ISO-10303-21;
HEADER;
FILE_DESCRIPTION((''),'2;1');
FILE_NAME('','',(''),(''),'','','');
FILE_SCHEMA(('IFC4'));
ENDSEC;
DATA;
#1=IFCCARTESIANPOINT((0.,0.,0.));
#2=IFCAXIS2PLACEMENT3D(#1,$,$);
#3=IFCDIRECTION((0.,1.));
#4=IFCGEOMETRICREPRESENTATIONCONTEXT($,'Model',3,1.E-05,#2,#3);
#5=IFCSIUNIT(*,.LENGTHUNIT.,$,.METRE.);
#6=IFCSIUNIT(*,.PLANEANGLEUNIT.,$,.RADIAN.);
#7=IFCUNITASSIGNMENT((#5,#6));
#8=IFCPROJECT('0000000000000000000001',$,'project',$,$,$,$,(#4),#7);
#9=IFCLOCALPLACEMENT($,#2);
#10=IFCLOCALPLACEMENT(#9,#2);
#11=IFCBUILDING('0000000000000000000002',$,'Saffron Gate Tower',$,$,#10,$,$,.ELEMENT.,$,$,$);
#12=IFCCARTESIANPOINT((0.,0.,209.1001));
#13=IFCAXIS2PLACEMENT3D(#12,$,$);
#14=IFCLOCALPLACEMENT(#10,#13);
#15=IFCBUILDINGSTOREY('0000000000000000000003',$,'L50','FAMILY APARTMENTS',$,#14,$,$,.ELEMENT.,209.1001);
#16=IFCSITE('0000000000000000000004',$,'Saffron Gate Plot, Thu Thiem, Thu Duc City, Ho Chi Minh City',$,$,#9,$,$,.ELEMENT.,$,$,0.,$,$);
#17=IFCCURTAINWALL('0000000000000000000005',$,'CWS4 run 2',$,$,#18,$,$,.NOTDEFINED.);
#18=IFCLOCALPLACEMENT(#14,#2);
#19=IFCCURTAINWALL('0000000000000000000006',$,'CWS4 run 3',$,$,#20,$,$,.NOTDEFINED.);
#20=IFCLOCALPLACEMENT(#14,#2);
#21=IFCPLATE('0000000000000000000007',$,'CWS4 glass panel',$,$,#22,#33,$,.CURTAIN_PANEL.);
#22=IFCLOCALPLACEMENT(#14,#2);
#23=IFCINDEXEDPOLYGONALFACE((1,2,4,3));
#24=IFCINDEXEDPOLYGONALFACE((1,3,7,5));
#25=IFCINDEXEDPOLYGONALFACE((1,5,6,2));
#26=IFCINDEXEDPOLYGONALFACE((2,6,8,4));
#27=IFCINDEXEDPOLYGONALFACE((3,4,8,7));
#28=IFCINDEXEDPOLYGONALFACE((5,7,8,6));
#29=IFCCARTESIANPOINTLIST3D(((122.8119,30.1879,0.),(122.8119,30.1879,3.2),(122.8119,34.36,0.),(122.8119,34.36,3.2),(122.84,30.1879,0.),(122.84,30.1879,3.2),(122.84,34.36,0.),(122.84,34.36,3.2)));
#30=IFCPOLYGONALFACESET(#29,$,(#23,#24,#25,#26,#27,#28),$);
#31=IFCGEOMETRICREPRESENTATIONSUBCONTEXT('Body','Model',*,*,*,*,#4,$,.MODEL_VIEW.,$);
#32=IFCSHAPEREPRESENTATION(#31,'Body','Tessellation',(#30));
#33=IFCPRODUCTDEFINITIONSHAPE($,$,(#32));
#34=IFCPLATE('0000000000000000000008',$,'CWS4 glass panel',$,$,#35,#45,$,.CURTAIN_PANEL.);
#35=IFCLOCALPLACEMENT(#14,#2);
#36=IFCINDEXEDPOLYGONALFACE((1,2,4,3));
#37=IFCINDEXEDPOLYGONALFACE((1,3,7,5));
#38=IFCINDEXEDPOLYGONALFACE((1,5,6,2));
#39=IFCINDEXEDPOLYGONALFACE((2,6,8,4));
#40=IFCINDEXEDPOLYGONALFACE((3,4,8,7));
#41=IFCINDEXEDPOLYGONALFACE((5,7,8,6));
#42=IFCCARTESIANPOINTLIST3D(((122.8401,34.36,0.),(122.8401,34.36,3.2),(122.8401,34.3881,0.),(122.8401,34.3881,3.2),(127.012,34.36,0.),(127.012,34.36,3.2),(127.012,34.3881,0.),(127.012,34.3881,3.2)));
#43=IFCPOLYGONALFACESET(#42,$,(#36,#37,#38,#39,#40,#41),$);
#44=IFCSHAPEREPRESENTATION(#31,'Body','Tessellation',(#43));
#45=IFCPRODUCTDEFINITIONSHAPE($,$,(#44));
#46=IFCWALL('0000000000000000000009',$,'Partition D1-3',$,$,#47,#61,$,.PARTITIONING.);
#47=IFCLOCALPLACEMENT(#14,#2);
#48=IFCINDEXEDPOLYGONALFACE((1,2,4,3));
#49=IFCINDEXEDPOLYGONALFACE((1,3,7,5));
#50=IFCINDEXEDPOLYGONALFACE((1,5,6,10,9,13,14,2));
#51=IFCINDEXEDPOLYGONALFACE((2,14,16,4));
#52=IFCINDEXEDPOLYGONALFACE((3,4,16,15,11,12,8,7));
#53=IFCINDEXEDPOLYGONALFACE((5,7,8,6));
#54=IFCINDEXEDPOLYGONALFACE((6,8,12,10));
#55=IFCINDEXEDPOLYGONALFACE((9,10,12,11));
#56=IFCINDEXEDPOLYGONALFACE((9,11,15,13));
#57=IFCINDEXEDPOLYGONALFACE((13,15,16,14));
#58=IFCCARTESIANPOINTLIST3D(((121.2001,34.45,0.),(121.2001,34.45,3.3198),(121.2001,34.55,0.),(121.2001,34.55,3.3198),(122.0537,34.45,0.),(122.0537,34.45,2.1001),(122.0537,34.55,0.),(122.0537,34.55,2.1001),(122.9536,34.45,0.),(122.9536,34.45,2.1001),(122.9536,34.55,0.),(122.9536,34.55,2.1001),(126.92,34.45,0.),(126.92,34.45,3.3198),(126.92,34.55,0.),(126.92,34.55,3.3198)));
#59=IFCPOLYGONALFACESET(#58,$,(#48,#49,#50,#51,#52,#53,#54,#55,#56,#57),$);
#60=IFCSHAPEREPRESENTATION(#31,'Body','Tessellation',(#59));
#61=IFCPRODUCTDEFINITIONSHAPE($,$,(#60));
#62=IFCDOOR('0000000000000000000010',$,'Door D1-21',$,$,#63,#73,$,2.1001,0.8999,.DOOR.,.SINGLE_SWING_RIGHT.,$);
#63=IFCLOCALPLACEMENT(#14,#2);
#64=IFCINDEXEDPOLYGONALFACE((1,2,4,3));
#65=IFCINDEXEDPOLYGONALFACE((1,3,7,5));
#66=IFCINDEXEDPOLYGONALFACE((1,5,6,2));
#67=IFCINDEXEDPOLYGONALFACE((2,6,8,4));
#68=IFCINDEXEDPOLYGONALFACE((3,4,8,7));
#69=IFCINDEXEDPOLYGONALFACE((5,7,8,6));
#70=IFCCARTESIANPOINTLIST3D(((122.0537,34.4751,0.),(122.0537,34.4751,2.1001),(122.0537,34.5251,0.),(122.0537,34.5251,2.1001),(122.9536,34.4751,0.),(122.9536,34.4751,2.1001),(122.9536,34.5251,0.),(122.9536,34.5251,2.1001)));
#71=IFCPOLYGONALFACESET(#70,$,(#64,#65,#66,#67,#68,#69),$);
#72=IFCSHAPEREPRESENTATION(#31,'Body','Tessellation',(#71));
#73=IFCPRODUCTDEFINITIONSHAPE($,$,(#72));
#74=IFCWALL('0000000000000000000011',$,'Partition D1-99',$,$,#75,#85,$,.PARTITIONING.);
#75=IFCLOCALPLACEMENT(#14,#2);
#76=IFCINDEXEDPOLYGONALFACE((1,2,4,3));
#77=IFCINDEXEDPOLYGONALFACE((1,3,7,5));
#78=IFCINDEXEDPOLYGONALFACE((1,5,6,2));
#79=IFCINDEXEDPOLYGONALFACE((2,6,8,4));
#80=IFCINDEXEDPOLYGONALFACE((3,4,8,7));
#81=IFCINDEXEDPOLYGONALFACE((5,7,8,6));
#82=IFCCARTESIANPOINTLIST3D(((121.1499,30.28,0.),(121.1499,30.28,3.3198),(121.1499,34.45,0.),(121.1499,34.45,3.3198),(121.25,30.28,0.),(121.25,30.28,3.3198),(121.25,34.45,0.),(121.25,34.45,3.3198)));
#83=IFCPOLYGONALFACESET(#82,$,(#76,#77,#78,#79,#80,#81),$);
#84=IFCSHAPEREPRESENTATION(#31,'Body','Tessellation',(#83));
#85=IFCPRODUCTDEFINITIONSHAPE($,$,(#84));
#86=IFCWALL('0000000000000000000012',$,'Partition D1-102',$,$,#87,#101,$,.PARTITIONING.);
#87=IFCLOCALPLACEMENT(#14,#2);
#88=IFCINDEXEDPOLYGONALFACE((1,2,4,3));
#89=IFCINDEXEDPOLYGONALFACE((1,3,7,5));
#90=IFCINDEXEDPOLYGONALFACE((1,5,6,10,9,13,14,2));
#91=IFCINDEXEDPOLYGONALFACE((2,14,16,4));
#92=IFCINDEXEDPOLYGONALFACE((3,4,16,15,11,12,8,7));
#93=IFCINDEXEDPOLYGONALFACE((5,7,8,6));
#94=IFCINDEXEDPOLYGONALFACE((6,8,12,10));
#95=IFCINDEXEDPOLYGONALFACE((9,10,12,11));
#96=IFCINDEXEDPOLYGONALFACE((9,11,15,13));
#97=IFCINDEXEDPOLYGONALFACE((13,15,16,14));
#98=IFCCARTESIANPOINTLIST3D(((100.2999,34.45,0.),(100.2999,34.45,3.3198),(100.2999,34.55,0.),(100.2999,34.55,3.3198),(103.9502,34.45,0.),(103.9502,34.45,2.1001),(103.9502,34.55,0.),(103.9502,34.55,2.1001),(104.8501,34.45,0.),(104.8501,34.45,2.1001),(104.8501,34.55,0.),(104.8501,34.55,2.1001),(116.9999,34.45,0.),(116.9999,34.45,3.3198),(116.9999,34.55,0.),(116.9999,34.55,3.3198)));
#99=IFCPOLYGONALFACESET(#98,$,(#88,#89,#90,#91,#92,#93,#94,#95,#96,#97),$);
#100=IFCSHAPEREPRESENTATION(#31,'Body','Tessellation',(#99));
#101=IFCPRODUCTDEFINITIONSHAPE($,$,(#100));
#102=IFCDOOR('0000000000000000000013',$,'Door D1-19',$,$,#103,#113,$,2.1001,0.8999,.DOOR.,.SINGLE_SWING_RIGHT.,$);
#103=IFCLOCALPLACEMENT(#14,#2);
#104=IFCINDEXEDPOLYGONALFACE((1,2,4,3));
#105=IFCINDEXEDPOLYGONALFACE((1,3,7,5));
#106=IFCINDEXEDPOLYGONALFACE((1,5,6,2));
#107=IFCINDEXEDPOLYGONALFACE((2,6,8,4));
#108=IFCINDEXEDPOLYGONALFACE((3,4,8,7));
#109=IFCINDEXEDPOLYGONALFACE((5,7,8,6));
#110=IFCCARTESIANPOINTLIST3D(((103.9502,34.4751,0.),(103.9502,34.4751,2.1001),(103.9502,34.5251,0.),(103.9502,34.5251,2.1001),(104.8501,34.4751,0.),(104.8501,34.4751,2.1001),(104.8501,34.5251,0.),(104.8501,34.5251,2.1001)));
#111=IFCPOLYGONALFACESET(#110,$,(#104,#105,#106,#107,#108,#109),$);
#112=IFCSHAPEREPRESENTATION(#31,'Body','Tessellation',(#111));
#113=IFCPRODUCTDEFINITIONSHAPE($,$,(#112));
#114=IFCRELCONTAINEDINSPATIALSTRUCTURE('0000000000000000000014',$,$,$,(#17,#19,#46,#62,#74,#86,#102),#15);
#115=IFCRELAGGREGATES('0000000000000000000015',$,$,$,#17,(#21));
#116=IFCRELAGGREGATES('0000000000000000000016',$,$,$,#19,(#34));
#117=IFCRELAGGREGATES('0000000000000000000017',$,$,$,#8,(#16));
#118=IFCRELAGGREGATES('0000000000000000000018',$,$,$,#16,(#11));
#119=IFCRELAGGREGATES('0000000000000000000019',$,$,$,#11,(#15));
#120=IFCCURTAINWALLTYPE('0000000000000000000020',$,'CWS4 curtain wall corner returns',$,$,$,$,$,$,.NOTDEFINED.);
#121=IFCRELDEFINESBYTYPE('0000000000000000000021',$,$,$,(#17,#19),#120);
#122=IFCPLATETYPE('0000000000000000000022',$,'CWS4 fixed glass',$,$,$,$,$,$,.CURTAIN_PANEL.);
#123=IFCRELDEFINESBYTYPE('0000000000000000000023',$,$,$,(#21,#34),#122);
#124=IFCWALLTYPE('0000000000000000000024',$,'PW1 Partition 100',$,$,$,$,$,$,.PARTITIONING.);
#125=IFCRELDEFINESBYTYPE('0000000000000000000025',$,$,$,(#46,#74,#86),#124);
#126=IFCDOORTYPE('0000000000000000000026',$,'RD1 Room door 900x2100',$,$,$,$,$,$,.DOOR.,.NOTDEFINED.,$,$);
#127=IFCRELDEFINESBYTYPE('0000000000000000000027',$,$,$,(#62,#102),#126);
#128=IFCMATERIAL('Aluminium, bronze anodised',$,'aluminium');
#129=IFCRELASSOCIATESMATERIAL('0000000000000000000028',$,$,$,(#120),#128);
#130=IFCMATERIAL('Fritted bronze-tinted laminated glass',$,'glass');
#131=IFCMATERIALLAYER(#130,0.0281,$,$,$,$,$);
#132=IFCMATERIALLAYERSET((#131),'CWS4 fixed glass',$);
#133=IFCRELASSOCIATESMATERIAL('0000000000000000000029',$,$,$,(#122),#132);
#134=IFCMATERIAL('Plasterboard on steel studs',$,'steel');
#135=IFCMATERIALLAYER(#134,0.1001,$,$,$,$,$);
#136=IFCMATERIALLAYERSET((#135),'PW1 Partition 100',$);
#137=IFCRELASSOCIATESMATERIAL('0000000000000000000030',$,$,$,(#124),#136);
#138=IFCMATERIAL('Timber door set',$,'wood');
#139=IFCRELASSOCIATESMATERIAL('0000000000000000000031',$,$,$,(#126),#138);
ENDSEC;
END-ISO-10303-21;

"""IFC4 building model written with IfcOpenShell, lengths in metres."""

from ifc_helpers import new_model, si_unit, direction, frame, frame_2d, origin, place, context, subcontext, project, spatial, rectangle, extrude, material, layer, layer_set, type_object, element, fill, aggregate, save


model = new_model("IFC4")

# Units and contexts
model_context = context("Model", 3, precision=1e-05, world=origin(), true_north=direction((0.0, 1.0)))
body_context = subcontext(model_context, "Body", "Model", "MODEL_VIEW")
ifc_project = project(units=[si_unit("LENGTHUNIT", "METRE"), si_unit("PLANEANGLEUNIT", "RADIAN")], contexts=[model_context])

# Site, building, storey
site_placement = place(None, origin())
site = spatial("IfcSite", under=ifc_project, at=site_placement, Name="Saffron Gate Plot, Thu Thiem, Thu Duc City, Ho Chi Minh City", CompositionType="ELEMENT", RefElevation=0.0)
building_placement = place(site_placement, origin())
building = spatial("IfcBuilding", under=site, at=building_placement, Name="Saffron Gate Tower", CompositionType="ELEMENT")
storey_placement = place(building_placement, frame((0.0, 0.0, 209.1001)))
storey = spatial("IfcBuildingStorey", under=building, at=storey_placement, Name="L50", Description="FAMILY APARTMENTS", CompositionType="ELEMENT", Elevation=209.1001)

# Curtain walls
ifc_material_1 = material(Name="Aluminium, bronze anodised", Category="aluminium")
curtain_wall_type_1 = type_object("IfcCurtainWallType", Name="CWS4 curtain wall corner returns", PredefinedType="NOTDEFINED", material=ifc_material_1)
curtain_wall_1_placement = place(storey_placement, origin())
curtain_wall_1 = element("IfcCurtainWall", 1, at=curtain_wall_1_placement, inside=storey, type_object=curtain_wall_type_1, Name="CWS4 run 2", PredefinedType="NOTDEFINED")
curtain_wall_2_placement = place(storey_placement, origin())
curtain_wall_2 = element("IfcCurtainWall", 2, at=curtain_wall_2_placement, inside=storey, type_object=curtain_wall_type_1, Name="CWS4 run 3", PredefinedType="NOTDEFINED")

# Shared definitions
ifc_material_2 = material(Name="Fritted bronze-tinted laminated glass", Category="glass")

# Plates
ifc_layer_1 = layer(ifc_material_2, 0.0281)
ifc_layer_set_1 = layer_set([ifc_layer_1], Name="CWS4 fixed glass")
plate_type_1 = type_object("IfcPlateType", Name="CWS4 fixed glass", PredefinedType="CURTAIN_PANEL", material=ifc_layer_set_1)
plate_1_placement = place(storey_placement, frame((122.8259, 30.188, 0.0), z_axis=(0.0, 0.0, 1.0), x_axis=(0.0, 1.0, 0.0)))
plate_1 = element("IfcPlate", 3, at=plate_1_placement, type_object=plate_type_1, Name="CWS4 glass panel", PredefinedType="CURTAIN_PANEL", context=body_context, shape_type="SweptSolid", body=[
    extrude(rectangle(XDim=4.1721, YDim=0.0281, at=frame_2d((2.0859, 0.0))), origin(), (0.0, 0.0, 1.0), 3.2),
])
aggregate(curtain_wall_1, [plate_1])
plate_2_placement = place(storey_placement, frame((122.8401, 34.374, 0.0), z_axis=(0.0, 0.0, 1.0), x_axis=(1.0, 0.0, 0.0)))
plate_2 = element("IfcPlate", 4, at=plate_2_placement, type_object=plate_type_1, Name="CWS4 glass panel", PredefinedType="CURTAIN_PANEL", context=body_context, shape_type="SweptSolid", body=[
    extrude(rectangle(XDim=4.1719, YDim=0.0281, at=frame_2d((2.0859, 0.0))), origin(), (0.0, 0.0, 1.0), 3.2),
])
aggregate(curtain_wall_2, [plate_2])

# Wall, opening, door
ifc_material_3 = material(Name="Plasterboard on steel studs", Category="steel")
ifc_layer_2 = layer(ifc_material_3, 0.1001)
ifc_layer_set_2 = layer_set([ifc_layer_2], Name="PW1 Partition 100")
wall_type = type_object("IfcWallType", Name="PW1 Partition 100", PredefinedType="PARTITIONING", material=ifc_layer_set_2)
wall_1_placement = place(storey_placement, frame((126.9199, 34.5, 0.0), z_axis=(0.0, 0.0, 1.0), x_axis=(-1.0, 0.0, 0.0)))
wall_1 = element("IfcWall", 5, at=wall_1_placement, inside=storey, type_object=wall_type, Name="Partition D1-3", PredefinedType="PARTITIONING", context=body_context, shape_type="SweptSolid", body=[
    extrude(rectangle(XDim=5.72, YDim=0.1001, at=frame_2d((2.8599, 0.0))), origin(), (0.0, 0.0, 1.0), 3.3198),
])
opening_1_placement = place(wall_1_placement, frame((3.9663, 0.0, 0.0)))
opening_1 = element("IfcOpeningElement", 6, at=opening_1_placement, cuts=wall_1, PredefinedType="OPENING", context=body_context, shape_type="SweptSolid", body=[
    extrude(rectangle(XDim=0.8999, YDim=2.1001, at=frame_2d((0.45, 1.05))), frame((0.0, 0.0601, 0.0), z_axis=(0.0, -1.0, 0.0), x_axis=(1.0, 0.0, 0.0)), (0.0, 0.0, 1.0), 0.1201),
])
ifc_material_4 = material(Name="Timber door set", Category="wood")
door_type = type_object("IfcDoorType", Name="RD1 Room door 900x2100", OperationType="NOTDEFINED", PredefinedType="DOOR", material=ifc_material_4)
door_1_placement = place(opening_1_placement, origin())
door_1 = element("IfcDoor", 7, at=door_1_placement, inside=storey, type_object=door_type, Name="Door D1-21", OperationType="SINGLE_SWING_RIGHT", OverallHeight=2.1001, OverallWidth=0.8999, PredefinedType="DOOR", context=body_context, shape_type="SweptSolid", body=[
    extrude(rectangle(XDim=0.8999, YDim=2.1001, at=frame_2d((0.45, 1.05))), frame((0.0, 0.0249, 0.0), z_axis=(0.0, -1.0, 0.0), x_axis=(1.0, 0.0, 0.0)), (0.0, 0.0, 1.0), 0.05),
])
fill(opening_1, door_1)

# Wall
wall_2_placement = place(storey_placement, frame((121.2, 34.45, 0.0), z_axis=(0.0, 0.0, 1.0), x_axis=(0.0, -1.0, 0.0)))
element("IfcWall", 8, at=wall_2_placement, inside=storey, type_object=wall_type, Name="Partition D1-99", PredefinedType="PARTITIONING", context=body_context, shape_type="SweptSolid", body=[
    extrude(rectangle(XDim=4.1699, YDim=0.1001, at=frame_2d((2.085, 0.0))), origin(), (0.0, 0.0, 1.0), 3.3198),
])

# Wall, opening, door
wall_3_placement = place(storey_placement, frame((117.0, 34.5, 0.0), z_axis=(0.0, 0.0, 1.0), x_axis=(-1.0, 0.0, 0.0)))
wall_3 = element("IfcWall", 9, at=wall_3_placement, inside=storey, type_object=wall_type, Name="Partition D1-102", PredefinedType="PARTITIONING", context=body_context, shape_type="SweptSolid", body=[
    extrude(rectangle(XDim=16.7, YDim=0.1001, at=frame_2d((8.3501, 0.0))), origin(), (0.0, 0.0, 1.0), 3.3198),
])
opening_2_placement = place(wall_3_placement, frame((12.1499, 0.0, 0.0)))
opening_2 = element("IfcOpeningElement", 10, at=opening_2_placement, cuts=wall_3, PredefinedType="OPENING", context=body_context, shape_type="SweptSolid", body=[
    extrude(rectangle(XDim=0.8999, YDim=2.1001, at=frame_2d((0.45, 1.05))), frame((0.0, 0.0601, 0.0), z_axis=(0.0, -1.0, 0.0), x_axis=(1.0, 0.0, 0.0)), (0.0, 0.0, 1.0), 0.1201),
])
door_2_placement = place(opening_2_placement, origin())
door_2 = element("IfcDoor", 11, at=door_2_placement, inside=storey, type_object=door_type, Name="Door D1-19", OperationType="SINGLE_SWING_RIGHT", OverallHeight=2.1001, OverallWidth=0.8999, PredefinedType="DOOR", context=body_context, shape_type="SweptSolid", body=[
    extrude(rectangle(XDim=0.8999, YDim=2.1001, at=frame_2d((0.45, 1.05))), frame((0.0, 0.0249, 0.0), z_axis=(0.0, -1.0, 0.0), x_axis=(1.0, 0.0, 0.0)), (0.0, 0.0, 1.0), 0.05),
])
fill(opening_2, door_2)

save(model, "model.ifc")
